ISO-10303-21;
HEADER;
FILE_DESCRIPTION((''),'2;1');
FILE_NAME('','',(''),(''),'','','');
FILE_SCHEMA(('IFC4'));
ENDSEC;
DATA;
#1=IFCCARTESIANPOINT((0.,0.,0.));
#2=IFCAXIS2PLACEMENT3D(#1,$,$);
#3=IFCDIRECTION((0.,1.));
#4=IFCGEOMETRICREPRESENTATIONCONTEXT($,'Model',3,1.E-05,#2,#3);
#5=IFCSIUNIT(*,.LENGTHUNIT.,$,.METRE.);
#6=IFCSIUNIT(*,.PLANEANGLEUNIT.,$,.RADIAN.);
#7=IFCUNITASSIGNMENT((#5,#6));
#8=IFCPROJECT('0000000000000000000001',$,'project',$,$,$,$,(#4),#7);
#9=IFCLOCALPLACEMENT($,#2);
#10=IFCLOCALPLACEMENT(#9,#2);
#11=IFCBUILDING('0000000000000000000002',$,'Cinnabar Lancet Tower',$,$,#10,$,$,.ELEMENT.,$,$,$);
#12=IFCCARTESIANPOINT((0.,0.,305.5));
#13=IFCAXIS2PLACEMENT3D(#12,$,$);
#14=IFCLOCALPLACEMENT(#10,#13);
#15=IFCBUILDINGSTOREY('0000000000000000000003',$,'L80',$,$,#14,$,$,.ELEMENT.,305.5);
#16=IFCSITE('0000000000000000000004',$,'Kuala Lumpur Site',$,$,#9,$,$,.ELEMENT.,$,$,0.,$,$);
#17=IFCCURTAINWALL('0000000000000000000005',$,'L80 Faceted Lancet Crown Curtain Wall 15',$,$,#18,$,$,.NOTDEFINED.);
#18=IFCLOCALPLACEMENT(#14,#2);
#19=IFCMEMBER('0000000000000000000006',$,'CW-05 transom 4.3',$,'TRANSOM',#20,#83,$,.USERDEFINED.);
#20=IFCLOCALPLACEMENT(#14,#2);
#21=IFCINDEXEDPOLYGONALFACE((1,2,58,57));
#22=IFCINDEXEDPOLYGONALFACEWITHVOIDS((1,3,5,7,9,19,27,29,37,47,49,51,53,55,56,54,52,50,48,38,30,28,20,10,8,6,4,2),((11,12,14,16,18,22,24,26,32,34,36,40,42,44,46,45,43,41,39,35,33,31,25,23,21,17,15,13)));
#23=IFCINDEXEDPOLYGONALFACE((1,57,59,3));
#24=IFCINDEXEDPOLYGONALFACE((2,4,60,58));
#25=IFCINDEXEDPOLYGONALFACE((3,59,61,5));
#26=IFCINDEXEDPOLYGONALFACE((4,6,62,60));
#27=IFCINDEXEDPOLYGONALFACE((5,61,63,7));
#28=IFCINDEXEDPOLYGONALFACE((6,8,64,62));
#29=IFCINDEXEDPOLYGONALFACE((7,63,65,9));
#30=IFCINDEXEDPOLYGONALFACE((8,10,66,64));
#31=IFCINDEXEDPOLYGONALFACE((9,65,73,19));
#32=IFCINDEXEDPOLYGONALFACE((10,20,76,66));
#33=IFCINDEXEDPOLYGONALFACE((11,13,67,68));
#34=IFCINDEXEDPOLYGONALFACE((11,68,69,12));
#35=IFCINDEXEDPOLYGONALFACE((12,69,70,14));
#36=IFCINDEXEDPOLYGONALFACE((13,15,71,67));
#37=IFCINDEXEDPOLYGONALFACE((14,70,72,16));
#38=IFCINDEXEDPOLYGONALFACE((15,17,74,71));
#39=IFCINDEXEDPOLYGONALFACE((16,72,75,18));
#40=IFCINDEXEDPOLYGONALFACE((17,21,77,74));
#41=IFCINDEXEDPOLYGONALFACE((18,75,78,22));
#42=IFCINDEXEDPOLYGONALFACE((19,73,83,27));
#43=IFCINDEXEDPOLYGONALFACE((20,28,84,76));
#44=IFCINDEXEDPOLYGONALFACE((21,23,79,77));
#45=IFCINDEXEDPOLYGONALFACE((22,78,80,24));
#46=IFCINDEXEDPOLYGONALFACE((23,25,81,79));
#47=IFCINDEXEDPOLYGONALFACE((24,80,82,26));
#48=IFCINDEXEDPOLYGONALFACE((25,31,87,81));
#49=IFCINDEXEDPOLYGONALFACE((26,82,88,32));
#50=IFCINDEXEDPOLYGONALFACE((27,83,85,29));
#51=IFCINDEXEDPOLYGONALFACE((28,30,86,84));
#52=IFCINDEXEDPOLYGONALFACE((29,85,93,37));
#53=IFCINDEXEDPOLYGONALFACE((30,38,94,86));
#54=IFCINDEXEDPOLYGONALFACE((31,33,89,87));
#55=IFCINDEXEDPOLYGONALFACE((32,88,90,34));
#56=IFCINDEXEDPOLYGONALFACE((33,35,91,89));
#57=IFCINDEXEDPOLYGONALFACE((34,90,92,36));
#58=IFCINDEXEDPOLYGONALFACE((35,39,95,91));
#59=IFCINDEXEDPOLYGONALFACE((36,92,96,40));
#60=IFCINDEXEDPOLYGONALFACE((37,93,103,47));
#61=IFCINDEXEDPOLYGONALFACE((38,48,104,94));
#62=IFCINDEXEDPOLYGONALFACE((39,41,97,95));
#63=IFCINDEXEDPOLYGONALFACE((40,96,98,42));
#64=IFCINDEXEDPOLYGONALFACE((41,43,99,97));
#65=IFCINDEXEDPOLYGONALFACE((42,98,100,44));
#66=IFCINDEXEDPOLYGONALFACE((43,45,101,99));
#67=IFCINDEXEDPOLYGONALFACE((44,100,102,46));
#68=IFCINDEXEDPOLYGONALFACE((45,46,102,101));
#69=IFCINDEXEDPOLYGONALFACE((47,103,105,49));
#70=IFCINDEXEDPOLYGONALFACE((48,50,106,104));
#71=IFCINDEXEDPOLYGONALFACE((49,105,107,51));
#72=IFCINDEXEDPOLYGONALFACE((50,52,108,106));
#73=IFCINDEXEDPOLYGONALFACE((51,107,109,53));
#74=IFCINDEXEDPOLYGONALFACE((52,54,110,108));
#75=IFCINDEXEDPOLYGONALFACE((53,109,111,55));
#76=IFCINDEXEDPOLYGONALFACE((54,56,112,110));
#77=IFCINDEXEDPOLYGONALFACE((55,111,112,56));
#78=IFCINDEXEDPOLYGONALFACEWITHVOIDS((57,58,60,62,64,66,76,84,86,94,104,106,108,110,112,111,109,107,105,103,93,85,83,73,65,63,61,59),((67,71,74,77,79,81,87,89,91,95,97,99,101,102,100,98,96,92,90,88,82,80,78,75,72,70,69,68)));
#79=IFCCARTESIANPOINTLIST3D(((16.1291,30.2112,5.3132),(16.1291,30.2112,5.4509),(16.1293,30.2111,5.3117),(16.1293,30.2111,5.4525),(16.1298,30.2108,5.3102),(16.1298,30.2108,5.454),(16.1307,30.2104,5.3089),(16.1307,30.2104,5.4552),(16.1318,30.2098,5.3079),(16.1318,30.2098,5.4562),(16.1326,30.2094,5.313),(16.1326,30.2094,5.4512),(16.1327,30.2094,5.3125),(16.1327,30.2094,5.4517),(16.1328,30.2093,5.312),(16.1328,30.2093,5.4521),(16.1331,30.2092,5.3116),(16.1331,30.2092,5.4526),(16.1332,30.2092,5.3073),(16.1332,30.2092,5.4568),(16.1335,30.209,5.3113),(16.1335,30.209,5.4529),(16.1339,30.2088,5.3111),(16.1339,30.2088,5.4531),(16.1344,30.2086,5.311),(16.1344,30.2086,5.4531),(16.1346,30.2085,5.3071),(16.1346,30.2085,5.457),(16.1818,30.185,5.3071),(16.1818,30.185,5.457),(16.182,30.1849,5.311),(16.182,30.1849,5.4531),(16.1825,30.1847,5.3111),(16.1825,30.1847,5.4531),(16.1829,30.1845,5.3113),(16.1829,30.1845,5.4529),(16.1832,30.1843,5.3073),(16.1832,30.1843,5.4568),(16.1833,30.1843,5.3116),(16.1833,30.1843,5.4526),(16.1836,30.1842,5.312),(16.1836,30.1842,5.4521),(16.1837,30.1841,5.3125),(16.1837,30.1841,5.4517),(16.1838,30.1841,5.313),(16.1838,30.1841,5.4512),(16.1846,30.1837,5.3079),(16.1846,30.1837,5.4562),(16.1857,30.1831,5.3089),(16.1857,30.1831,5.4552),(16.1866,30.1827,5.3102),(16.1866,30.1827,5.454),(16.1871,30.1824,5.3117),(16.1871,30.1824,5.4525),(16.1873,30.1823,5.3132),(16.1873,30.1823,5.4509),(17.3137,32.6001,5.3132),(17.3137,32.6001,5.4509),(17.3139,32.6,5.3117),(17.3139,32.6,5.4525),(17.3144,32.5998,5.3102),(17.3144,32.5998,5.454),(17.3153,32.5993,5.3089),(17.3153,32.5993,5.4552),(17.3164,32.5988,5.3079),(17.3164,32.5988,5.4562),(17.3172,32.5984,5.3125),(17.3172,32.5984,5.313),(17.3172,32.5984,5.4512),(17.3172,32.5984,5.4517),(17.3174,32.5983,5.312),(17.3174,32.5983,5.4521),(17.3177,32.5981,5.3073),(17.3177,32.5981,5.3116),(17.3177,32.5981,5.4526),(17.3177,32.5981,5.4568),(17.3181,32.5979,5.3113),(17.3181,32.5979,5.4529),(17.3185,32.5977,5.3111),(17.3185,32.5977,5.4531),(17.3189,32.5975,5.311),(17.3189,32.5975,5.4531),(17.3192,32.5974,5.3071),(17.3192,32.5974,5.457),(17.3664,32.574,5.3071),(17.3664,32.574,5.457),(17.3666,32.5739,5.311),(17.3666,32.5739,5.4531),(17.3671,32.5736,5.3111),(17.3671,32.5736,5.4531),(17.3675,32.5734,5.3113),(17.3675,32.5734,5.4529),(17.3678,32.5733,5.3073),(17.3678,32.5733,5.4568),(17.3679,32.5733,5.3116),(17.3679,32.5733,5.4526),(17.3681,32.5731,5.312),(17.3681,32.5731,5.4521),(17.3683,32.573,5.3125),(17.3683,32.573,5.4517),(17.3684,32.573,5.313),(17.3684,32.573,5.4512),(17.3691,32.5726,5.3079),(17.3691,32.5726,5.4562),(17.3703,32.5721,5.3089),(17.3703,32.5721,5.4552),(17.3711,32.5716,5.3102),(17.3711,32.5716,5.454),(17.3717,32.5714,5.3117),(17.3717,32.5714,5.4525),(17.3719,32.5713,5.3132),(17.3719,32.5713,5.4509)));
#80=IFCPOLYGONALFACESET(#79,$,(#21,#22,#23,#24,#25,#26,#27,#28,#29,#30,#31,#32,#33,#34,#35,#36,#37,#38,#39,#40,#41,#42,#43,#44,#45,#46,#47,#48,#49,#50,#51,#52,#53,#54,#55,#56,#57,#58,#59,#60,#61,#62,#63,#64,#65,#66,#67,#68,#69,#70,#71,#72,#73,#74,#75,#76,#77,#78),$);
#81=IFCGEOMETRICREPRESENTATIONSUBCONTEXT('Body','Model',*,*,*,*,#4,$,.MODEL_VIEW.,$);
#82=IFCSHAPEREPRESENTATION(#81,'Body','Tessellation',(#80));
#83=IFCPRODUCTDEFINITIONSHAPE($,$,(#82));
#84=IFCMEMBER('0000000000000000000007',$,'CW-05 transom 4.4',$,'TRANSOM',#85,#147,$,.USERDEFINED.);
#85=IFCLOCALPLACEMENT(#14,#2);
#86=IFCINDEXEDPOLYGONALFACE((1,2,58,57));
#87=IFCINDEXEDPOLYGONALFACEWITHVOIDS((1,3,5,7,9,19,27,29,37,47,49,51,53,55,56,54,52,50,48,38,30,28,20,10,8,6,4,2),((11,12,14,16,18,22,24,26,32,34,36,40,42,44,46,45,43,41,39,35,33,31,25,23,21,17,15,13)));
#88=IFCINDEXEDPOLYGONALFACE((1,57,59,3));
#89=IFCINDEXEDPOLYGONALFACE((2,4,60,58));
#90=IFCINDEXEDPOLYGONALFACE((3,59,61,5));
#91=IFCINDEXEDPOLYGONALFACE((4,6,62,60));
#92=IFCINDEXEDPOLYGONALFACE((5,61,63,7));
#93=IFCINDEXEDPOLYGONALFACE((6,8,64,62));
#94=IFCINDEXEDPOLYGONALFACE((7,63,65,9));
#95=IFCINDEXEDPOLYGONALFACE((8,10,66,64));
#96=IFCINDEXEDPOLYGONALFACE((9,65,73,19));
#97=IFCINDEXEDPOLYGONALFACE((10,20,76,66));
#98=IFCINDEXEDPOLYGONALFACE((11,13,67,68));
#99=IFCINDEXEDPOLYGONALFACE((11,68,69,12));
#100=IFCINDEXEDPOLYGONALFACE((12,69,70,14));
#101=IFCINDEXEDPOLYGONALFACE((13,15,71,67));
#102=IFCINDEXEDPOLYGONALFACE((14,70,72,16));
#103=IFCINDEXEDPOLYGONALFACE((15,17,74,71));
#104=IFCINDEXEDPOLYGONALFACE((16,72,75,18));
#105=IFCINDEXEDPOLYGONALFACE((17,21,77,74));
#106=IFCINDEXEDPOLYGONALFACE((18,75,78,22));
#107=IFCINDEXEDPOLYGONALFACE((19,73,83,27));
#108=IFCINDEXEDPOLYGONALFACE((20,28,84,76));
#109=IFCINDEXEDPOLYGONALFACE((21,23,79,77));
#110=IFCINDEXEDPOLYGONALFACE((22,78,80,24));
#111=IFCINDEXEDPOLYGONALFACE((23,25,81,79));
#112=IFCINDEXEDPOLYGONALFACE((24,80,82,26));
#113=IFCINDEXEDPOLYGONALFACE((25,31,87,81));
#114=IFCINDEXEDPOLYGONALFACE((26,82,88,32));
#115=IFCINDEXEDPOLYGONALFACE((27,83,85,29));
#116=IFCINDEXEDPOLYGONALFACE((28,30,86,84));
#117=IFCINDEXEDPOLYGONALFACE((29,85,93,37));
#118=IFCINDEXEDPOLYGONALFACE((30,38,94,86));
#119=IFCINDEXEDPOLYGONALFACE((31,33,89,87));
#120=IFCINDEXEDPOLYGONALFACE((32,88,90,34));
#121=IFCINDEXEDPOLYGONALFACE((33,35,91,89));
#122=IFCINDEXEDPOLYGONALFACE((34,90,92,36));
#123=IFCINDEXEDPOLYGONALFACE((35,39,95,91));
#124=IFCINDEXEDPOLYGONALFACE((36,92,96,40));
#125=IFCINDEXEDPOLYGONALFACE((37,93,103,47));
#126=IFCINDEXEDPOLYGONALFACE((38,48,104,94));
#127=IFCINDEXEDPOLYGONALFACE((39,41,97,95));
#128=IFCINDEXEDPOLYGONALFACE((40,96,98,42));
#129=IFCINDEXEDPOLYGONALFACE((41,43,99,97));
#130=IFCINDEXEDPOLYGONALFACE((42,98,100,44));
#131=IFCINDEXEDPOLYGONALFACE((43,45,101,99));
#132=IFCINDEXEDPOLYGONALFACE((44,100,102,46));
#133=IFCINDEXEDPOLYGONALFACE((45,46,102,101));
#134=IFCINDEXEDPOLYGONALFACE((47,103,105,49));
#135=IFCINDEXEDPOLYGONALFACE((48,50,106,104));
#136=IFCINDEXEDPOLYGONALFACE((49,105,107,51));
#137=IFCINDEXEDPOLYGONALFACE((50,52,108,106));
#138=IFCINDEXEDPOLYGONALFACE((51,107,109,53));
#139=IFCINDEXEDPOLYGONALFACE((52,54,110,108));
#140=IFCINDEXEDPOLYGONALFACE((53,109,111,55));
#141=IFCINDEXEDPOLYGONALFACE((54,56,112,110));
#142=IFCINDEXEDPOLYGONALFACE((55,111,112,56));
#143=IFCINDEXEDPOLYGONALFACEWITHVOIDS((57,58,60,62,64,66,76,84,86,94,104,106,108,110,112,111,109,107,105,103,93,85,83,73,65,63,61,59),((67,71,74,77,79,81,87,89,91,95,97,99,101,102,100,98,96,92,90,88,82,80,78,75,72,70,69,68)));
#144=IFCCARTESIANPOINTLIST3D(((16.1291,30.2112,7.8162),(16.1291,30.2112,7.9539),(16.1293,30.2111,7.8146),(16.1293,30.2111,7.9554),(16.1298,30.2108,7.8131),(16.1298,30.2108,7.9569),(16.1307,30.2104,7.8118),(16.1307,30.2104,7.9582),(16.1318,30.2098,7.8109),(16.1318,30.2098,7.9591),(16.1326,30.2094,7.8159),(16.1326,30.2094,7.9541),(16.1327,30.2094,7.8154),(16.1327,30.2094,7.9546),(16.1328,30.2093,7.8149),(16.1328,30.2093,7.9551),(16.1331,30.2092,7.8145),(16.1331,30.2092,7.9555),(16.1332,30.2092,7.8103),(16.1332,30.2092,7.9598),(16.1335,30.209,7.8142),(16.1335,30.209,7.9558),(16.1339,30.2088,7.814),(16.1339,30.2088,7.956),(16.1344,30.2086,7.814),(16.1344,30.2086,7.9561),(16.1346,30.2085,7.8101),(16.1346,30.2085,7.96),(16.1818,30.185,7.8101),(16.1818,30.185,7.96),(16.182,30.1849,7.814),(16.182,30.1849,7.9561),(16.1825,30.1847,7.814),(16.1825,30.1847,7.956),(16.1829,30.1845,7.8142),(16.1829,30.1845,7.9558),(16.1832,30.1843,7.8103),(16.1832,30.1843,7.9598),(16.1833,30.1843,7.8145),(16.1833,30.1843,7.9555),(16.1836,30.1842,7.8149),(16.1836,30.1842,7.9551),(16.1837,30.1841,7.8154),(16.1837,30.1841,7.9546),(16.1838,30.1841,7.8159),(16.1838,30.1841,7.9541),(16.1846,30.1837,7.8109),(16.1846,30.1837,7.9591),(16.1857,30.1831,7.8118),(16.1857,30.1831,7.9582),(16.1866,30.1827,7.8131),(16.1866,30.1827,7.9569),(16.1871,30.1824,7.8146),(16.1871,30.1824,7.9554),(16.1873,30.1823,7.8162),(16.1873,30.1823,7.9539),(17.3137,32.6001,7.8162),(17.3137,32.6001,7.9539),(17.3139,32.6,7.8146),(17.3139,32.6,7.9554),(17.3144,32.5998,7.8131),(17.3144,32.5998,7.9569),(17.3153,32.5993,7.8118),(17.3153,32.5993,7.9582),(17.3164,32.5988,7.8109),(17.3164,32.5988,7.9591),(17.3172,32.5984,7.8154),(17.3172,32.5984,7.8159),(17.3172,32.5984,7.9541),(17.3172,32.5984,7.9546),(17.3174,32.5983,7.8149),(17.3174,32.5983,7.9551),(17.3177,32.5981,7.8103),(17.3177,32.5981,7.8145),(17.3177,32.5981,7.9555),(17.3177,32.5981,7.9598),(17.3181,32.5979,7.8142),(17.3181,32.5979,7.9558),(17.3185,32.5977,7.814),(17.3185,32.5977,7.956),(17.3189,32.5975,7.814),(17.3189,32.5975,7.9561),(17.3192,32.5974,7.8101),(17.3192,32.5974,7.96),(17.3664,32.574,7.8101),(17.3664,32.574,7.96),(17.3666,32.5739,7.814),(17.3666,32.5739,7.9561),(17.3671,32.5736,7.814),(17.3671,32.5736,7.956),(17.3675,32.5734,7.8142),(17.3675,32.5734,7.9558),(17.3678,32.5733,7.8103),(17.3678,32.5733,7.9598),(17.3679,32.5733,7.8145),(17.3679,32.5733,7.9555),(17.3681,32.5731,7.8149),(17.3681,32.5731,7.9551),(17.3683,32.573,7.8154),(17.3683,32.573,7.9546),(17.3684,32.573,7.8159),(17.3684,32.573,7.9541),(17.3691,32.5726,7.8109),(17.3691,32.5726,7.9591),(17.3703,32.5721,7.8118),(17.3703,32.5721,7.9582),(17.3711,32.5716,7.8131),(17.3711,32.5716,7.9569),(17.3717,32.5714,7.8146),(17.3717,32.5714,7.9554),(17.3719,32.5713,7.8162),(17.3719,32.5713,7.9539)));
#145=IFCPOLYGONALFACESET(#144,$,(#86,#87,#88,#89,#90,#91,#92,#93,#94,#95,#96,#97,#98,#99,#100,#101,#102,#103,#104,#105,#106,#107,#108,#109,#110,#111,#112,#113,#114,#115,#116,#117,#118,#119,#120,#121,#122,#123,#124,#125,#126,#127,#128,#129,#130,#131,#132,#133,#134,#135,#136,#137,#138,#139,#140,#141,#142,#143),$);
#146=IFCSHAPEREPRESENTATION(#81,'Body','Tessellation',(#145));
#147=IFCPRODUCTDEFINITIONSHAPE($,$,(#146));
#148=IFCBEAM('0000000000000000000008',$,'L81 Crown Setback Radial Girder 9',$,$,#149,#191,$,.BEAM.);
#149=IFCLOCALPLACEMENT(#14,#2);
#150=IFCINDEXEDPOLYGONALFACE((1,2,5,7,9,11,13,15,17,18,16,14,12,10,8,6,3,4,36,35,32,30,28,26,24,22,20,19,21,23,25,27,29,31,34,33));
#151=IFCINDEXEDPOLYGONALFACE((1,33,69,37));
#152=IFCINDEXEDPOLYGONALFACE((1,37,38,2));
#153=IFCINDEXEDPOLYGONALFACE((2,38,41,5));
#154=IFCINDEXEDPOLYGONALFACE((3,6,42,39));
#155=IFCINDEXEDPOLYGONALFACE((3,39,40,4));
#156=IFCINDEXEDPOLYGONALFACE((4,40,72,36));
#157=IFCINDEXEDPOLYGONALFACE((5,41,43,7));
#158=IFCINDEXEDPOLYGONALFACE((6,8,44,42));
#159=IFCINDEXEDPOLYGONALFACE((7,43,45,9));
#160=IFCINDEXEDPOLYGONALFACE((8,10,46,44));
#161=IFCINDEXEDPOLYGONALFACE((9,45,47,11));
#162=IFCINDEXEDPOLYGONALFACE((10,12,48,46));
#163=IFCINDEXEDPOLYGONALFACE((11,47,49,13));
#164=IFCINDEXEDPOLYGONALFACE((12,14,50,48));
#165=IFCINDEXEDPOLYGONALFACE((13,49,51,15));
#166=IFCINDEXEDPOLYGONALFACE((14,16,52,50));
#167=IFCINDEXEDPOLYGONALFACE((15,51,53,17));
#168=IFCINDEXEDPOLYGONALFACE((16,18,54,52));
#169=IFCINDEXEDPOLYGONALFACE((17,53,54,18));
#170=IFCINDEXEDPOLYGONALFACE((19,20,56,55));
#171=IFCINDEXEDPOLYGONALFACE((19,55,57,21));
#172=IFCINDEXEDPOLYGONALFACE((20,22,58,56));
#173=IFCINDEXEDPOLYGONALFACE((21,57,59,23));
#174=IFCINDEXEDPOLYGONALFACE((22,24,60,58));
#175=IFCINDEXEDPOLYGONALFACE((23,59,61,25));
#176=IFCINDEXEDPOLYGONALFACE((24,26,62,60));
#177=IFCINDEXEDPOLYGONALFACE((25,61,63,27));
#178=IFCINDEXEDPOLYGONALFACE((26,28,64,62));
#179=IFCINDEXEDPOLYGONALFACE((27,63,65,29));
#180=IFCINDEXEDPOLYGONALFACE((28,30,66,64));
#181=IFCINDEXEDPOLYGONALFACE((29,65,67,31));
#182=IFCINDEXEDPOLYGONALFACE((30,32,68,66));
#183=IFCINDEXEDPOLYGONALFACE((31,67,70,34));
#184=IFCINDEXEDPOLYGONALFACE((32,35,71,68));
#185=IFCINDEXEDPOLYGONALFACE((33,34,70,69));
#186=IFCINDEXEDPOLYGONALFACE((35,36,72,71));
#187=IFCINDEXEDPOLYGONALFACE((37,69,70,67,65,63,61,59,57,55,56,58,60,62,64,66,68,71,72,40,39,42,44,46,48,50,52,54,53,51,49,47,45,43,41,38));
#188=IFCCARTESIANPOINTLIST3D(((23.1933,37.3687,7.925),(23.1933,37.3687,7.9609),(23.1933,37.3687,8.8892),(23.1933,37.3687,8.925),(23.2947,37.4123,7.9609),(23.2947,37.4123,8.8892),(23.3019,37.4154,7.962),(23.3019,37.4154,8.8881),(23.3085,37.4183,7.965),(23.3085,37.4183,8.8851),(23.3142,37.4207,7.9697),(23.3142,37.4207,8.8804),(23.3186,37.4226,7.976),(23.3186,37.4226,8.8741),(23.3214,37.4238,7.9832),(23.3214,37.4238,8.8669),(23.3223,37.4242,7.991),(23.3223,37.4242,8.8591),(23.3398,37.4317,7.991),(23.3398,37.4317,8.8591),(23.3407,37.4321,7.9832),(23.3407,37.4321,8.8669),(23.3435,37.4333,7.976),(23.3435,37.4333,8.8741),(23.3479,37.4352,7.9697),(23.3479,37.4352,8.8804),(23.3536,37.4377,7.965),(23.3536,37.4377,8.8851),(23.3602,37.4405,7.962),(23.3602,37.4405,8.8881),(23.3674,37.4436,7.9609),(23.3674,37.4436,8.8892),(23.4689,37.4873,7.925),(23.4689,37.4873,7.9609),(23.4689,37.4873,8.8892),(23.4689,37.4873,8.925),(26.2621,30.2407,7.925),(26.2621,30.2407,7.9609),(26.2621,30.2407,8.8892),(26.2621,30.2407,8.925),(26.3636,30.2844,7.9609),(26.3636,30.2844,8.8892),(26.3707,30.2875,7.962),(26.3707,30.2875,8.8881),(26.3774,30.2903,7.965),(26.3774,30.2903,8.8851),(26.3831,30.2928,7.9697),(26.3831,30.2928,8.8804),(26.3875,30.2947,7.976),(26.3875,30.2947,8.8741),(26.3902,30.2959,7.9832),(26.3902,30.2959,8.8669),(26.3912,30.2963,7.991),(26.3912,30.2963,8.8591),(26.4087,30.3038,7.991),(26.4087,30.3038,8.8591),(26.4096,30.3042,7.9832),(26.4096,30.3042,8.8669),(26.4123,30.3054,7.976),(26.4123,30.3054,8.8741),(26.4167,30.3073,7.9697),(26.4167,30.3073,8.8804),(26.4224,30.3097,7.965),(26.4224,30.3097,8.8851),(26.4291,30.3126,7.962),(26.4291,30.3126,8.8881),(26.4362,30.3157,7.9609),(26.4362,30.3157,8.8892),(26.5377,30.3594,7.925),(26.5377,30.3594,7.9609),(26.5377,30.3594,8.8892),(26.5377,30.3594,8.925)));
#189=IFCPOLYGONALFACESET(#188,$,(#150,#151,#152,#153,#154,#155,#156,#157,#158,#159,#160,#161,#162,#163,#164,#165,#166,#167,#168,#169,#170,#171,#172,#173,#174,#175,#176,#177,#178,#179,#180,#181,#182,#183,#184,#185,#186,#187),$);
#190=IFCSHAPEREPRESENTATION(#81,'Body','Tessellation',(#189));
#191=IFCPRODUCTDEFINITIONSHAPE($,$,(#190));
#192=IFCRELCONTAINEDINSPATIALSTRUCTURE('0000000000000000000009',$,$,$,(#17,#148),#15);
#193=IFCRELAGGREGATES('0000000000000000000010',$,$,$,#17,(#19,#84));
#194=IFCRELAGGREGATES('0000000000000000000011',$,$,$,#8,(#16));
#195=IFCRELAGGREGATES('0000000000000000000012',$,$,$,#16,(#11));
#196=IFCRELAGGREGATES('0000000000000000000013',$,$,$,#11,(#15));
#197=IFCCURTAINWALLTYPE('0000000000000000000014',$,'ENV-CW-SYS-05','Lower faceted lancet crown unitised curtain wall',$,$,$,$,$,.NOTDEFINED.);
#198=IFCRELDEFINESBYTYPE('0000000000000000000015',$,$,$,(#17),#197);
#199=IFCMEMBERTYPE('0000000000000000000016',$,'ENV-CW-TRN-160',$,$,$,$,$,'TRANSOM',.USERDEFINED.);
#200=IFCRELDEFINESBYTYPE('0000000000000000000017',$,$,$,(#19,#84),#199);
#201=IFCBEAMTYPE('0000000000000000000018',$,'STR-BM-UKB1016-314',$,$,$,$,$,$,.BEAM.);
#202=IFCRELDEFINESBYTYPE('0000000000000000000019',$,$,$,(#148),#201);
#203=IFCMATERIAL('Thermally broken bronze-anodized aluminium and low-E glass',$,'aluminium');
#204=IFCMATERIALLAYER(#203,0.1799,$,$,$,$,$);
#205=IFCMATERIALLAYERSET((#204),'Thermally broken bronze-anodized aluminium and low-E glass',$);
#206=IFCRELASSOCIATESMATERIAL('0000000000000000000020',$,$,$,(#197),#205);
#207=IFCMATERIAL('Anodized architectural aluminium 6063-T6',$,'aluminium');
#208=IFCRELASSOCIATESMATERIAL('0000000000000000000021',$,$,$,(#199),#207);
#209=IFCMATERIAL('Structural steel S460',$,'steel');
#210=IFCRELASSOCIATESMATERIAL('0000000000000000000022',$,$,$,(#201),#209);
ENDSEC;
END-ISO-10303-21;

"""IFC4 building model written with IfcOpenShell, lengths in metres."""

from ifc_helpers import new_model, si_unit, direction, frame, origin, origin_2d, place, context, subcontext, project, spatial, hollow_rectangle, i_section, extrude, material, layer, layer_set, material_profile, profile_set, type_object, element, aggregate, save


model = new_model("IFC4")

# Units and contexts
model_context = context("Model", 3, precision=1e-05, world=origin(), true_north=direction((0.0, 1.0)))
body_context = subcontext(model_context, "Body", "Model", "MODEL_VIEW")
ifc_project = project(units=[si_unit("LENGTHUNIT", "METRE"), si_unit("PLANEANGLEUNIT", "RADIAN")], contexts=[model_context])

# Site, building, storey
site_placement = place(None, origin())
site = spatial("IfcSite", under=ifc_project, at=site_placement, Name="Kuala Lumpur Site", CompositionType="ELEMENT", RefElevation=0.0)
building_placement = place(site_placement, origin())
building = spatial("IfcBuilding", under=site, at=building_placement, Name="Cinnabar Lancet Tower", CompositionType="ELEMENT")
storey_placement = place(building_placement, frame((0.0, 0.0, 305.5)))
storey = spatial("IfcBuildingStorey", under=building, at=storey_placement, Name="L80", CompositionType="ELEMENT", Elevation=305.5)

# Curtain wall, members
ifc_material_1 = material(Name="Thermally broken bronze-anodized aluminium and low-E glass", Category="aluminium")
ifc_layer_1 = layer(ifc_material_1, 0.1799)
ifc_layer_set_1 = layer_set([ifc_layer_1], Name="Thermally broken bronze-anodized aluminium and low-E glass")
curtain_wall_type = type_object("IfcCurtainWallType", Name="ENV-CW-SYS-05", Description="Lower faceted lancet crown unitised curtain wall", PredefinedType="NOTDEFINED", material=ifc_layer_set_1)
curtain_wall_placement = place(storey_placement, origin())
curtain_wall = element("IfcCurtainWall", 1, at=curtain_wall_placement, inside=storey, type_object=curtain_wall_type, Name="L80 Faceted Lancet Crown Curtain Wall 15", PredefinedType="NOTDEFINED")
ifc_material_2 = material(Name="Anodized architectural aluminium 6063-T6", Category="aluminium")
ifc_material_profile_1 = material_profile(ifc_material_2, hollow_rectangle(XDim=0.0649, YDim=0.1499, WallThickness=0.0039, InnerFilletRadius=0.002, OuterFilletRadius=0.0061, at=origin_2d()), Name="CW-TRN 150x65x4")
ifc_profile_set_1 = profile_set([ifc_material_profile_1], Name="Anodized architectural aluminium 6063-T6")
member_type_1 = type_object("IfcMemberType", Name="ENV-CW-TRN-160", ElementType="TRANSOM", PredefinedType="USERDEFINED", material=ifc_profile_set_1)
member_1_placement = place(storey_placement, frame((17.3428, 32.5857, 5.3821), z_axis=(-0.444245, -0.895906, 0.0), x_axis=(0.895906, -0.444245, 0.0)))
member_1 = element("IfcMember", 2, at=member_1_placement, type_object=member_type_1, Name="CW-05 transom 4.3", ObjectType="TRANSOM", PredefinedType="USERDEFINED", context=body_context, shape_type="SweptSolid", body=[
    extrude(hollow_rectangle(XDim=0.0649, YDim=0.1499, WallThickness=0.0039, InnerFilletRadius=0.002, OuterFilletRadius=0.0061, at=origin_2d()), origin(), (0.0, 0.0, 1.0), 2.6665),
])
member_2_placement = place(storey_placement, frame((17.3428, 32.5857, 7.885), z_axis=(-0.444245, -0.895906, 0.0), x_axis=(0.895906, -0.444245, 0.0)))
member_2 = element("IfcMember", 3, at=member_2_placement, type_object=member_type_1, Name="CW-05 transom 4.4", ObjectType="TRANSOM", PredefinedType="USERDEFINED", context=body_context, shape_type="SweptSolid", body=[
    extrude(hollow_rectangle(XDim=0.0649, YDim=0.1499, WallThickness=0.0039, InnerFilletRadius=0.002, OuterFilletRadius=0.0061, at=origin_2d()), origin(), (0.0, 0.0, 1.0), 2.6665),
])

# Beam
ifc_material_3 = material(Name="Structural steel S460", Category="steel")
ifc_material_profile_2 = material_profile(ifc_material_3, i_section(OverallWidth=0.3, OverallDepth=1.0, WebThickness=0.019, FlangeThickness=0.0359, FilletRadius=0.03, at=origin_2d()), Name="UKB 1016x305x314")
ifc_profile_set_2 = profile_set([ifc_material_profile_2], Name="Structural steel S460")
beam_type = type_object("IfcBeamType", Name="STR-BM-UKB1016-314", PredefinedType="BEAM", material=ifc_profile_set_2)
beam_1_placement = place(storey_placement, frame((23.3311, 37.428, 8.425), z_axis=(0.395445, -0.91849, 0.0), x_axis=(0.91849, 0.395445, 0.0)))
element("IfcBeam", 4, at=beam_1_placement, inside=storey, type_object=beam_type, Name="L81 Crown Setback Radial Girder 9", PredefinedType="BEAM", context=body_context, shape_type="SweptSolid", body=[
    extrude(i_section(OverallWidth=0.3, OverallDepth=1.0, WebThickness=0.019, FlangeThickness=0.0359, FilletRadius=0.03, at=origin_2d()), origin(), (0.0, 0.0, 1.0), 7.7605),
])

aggregate(curtain_wall, [member_1, member_2])

save(model, "model.ifc")
